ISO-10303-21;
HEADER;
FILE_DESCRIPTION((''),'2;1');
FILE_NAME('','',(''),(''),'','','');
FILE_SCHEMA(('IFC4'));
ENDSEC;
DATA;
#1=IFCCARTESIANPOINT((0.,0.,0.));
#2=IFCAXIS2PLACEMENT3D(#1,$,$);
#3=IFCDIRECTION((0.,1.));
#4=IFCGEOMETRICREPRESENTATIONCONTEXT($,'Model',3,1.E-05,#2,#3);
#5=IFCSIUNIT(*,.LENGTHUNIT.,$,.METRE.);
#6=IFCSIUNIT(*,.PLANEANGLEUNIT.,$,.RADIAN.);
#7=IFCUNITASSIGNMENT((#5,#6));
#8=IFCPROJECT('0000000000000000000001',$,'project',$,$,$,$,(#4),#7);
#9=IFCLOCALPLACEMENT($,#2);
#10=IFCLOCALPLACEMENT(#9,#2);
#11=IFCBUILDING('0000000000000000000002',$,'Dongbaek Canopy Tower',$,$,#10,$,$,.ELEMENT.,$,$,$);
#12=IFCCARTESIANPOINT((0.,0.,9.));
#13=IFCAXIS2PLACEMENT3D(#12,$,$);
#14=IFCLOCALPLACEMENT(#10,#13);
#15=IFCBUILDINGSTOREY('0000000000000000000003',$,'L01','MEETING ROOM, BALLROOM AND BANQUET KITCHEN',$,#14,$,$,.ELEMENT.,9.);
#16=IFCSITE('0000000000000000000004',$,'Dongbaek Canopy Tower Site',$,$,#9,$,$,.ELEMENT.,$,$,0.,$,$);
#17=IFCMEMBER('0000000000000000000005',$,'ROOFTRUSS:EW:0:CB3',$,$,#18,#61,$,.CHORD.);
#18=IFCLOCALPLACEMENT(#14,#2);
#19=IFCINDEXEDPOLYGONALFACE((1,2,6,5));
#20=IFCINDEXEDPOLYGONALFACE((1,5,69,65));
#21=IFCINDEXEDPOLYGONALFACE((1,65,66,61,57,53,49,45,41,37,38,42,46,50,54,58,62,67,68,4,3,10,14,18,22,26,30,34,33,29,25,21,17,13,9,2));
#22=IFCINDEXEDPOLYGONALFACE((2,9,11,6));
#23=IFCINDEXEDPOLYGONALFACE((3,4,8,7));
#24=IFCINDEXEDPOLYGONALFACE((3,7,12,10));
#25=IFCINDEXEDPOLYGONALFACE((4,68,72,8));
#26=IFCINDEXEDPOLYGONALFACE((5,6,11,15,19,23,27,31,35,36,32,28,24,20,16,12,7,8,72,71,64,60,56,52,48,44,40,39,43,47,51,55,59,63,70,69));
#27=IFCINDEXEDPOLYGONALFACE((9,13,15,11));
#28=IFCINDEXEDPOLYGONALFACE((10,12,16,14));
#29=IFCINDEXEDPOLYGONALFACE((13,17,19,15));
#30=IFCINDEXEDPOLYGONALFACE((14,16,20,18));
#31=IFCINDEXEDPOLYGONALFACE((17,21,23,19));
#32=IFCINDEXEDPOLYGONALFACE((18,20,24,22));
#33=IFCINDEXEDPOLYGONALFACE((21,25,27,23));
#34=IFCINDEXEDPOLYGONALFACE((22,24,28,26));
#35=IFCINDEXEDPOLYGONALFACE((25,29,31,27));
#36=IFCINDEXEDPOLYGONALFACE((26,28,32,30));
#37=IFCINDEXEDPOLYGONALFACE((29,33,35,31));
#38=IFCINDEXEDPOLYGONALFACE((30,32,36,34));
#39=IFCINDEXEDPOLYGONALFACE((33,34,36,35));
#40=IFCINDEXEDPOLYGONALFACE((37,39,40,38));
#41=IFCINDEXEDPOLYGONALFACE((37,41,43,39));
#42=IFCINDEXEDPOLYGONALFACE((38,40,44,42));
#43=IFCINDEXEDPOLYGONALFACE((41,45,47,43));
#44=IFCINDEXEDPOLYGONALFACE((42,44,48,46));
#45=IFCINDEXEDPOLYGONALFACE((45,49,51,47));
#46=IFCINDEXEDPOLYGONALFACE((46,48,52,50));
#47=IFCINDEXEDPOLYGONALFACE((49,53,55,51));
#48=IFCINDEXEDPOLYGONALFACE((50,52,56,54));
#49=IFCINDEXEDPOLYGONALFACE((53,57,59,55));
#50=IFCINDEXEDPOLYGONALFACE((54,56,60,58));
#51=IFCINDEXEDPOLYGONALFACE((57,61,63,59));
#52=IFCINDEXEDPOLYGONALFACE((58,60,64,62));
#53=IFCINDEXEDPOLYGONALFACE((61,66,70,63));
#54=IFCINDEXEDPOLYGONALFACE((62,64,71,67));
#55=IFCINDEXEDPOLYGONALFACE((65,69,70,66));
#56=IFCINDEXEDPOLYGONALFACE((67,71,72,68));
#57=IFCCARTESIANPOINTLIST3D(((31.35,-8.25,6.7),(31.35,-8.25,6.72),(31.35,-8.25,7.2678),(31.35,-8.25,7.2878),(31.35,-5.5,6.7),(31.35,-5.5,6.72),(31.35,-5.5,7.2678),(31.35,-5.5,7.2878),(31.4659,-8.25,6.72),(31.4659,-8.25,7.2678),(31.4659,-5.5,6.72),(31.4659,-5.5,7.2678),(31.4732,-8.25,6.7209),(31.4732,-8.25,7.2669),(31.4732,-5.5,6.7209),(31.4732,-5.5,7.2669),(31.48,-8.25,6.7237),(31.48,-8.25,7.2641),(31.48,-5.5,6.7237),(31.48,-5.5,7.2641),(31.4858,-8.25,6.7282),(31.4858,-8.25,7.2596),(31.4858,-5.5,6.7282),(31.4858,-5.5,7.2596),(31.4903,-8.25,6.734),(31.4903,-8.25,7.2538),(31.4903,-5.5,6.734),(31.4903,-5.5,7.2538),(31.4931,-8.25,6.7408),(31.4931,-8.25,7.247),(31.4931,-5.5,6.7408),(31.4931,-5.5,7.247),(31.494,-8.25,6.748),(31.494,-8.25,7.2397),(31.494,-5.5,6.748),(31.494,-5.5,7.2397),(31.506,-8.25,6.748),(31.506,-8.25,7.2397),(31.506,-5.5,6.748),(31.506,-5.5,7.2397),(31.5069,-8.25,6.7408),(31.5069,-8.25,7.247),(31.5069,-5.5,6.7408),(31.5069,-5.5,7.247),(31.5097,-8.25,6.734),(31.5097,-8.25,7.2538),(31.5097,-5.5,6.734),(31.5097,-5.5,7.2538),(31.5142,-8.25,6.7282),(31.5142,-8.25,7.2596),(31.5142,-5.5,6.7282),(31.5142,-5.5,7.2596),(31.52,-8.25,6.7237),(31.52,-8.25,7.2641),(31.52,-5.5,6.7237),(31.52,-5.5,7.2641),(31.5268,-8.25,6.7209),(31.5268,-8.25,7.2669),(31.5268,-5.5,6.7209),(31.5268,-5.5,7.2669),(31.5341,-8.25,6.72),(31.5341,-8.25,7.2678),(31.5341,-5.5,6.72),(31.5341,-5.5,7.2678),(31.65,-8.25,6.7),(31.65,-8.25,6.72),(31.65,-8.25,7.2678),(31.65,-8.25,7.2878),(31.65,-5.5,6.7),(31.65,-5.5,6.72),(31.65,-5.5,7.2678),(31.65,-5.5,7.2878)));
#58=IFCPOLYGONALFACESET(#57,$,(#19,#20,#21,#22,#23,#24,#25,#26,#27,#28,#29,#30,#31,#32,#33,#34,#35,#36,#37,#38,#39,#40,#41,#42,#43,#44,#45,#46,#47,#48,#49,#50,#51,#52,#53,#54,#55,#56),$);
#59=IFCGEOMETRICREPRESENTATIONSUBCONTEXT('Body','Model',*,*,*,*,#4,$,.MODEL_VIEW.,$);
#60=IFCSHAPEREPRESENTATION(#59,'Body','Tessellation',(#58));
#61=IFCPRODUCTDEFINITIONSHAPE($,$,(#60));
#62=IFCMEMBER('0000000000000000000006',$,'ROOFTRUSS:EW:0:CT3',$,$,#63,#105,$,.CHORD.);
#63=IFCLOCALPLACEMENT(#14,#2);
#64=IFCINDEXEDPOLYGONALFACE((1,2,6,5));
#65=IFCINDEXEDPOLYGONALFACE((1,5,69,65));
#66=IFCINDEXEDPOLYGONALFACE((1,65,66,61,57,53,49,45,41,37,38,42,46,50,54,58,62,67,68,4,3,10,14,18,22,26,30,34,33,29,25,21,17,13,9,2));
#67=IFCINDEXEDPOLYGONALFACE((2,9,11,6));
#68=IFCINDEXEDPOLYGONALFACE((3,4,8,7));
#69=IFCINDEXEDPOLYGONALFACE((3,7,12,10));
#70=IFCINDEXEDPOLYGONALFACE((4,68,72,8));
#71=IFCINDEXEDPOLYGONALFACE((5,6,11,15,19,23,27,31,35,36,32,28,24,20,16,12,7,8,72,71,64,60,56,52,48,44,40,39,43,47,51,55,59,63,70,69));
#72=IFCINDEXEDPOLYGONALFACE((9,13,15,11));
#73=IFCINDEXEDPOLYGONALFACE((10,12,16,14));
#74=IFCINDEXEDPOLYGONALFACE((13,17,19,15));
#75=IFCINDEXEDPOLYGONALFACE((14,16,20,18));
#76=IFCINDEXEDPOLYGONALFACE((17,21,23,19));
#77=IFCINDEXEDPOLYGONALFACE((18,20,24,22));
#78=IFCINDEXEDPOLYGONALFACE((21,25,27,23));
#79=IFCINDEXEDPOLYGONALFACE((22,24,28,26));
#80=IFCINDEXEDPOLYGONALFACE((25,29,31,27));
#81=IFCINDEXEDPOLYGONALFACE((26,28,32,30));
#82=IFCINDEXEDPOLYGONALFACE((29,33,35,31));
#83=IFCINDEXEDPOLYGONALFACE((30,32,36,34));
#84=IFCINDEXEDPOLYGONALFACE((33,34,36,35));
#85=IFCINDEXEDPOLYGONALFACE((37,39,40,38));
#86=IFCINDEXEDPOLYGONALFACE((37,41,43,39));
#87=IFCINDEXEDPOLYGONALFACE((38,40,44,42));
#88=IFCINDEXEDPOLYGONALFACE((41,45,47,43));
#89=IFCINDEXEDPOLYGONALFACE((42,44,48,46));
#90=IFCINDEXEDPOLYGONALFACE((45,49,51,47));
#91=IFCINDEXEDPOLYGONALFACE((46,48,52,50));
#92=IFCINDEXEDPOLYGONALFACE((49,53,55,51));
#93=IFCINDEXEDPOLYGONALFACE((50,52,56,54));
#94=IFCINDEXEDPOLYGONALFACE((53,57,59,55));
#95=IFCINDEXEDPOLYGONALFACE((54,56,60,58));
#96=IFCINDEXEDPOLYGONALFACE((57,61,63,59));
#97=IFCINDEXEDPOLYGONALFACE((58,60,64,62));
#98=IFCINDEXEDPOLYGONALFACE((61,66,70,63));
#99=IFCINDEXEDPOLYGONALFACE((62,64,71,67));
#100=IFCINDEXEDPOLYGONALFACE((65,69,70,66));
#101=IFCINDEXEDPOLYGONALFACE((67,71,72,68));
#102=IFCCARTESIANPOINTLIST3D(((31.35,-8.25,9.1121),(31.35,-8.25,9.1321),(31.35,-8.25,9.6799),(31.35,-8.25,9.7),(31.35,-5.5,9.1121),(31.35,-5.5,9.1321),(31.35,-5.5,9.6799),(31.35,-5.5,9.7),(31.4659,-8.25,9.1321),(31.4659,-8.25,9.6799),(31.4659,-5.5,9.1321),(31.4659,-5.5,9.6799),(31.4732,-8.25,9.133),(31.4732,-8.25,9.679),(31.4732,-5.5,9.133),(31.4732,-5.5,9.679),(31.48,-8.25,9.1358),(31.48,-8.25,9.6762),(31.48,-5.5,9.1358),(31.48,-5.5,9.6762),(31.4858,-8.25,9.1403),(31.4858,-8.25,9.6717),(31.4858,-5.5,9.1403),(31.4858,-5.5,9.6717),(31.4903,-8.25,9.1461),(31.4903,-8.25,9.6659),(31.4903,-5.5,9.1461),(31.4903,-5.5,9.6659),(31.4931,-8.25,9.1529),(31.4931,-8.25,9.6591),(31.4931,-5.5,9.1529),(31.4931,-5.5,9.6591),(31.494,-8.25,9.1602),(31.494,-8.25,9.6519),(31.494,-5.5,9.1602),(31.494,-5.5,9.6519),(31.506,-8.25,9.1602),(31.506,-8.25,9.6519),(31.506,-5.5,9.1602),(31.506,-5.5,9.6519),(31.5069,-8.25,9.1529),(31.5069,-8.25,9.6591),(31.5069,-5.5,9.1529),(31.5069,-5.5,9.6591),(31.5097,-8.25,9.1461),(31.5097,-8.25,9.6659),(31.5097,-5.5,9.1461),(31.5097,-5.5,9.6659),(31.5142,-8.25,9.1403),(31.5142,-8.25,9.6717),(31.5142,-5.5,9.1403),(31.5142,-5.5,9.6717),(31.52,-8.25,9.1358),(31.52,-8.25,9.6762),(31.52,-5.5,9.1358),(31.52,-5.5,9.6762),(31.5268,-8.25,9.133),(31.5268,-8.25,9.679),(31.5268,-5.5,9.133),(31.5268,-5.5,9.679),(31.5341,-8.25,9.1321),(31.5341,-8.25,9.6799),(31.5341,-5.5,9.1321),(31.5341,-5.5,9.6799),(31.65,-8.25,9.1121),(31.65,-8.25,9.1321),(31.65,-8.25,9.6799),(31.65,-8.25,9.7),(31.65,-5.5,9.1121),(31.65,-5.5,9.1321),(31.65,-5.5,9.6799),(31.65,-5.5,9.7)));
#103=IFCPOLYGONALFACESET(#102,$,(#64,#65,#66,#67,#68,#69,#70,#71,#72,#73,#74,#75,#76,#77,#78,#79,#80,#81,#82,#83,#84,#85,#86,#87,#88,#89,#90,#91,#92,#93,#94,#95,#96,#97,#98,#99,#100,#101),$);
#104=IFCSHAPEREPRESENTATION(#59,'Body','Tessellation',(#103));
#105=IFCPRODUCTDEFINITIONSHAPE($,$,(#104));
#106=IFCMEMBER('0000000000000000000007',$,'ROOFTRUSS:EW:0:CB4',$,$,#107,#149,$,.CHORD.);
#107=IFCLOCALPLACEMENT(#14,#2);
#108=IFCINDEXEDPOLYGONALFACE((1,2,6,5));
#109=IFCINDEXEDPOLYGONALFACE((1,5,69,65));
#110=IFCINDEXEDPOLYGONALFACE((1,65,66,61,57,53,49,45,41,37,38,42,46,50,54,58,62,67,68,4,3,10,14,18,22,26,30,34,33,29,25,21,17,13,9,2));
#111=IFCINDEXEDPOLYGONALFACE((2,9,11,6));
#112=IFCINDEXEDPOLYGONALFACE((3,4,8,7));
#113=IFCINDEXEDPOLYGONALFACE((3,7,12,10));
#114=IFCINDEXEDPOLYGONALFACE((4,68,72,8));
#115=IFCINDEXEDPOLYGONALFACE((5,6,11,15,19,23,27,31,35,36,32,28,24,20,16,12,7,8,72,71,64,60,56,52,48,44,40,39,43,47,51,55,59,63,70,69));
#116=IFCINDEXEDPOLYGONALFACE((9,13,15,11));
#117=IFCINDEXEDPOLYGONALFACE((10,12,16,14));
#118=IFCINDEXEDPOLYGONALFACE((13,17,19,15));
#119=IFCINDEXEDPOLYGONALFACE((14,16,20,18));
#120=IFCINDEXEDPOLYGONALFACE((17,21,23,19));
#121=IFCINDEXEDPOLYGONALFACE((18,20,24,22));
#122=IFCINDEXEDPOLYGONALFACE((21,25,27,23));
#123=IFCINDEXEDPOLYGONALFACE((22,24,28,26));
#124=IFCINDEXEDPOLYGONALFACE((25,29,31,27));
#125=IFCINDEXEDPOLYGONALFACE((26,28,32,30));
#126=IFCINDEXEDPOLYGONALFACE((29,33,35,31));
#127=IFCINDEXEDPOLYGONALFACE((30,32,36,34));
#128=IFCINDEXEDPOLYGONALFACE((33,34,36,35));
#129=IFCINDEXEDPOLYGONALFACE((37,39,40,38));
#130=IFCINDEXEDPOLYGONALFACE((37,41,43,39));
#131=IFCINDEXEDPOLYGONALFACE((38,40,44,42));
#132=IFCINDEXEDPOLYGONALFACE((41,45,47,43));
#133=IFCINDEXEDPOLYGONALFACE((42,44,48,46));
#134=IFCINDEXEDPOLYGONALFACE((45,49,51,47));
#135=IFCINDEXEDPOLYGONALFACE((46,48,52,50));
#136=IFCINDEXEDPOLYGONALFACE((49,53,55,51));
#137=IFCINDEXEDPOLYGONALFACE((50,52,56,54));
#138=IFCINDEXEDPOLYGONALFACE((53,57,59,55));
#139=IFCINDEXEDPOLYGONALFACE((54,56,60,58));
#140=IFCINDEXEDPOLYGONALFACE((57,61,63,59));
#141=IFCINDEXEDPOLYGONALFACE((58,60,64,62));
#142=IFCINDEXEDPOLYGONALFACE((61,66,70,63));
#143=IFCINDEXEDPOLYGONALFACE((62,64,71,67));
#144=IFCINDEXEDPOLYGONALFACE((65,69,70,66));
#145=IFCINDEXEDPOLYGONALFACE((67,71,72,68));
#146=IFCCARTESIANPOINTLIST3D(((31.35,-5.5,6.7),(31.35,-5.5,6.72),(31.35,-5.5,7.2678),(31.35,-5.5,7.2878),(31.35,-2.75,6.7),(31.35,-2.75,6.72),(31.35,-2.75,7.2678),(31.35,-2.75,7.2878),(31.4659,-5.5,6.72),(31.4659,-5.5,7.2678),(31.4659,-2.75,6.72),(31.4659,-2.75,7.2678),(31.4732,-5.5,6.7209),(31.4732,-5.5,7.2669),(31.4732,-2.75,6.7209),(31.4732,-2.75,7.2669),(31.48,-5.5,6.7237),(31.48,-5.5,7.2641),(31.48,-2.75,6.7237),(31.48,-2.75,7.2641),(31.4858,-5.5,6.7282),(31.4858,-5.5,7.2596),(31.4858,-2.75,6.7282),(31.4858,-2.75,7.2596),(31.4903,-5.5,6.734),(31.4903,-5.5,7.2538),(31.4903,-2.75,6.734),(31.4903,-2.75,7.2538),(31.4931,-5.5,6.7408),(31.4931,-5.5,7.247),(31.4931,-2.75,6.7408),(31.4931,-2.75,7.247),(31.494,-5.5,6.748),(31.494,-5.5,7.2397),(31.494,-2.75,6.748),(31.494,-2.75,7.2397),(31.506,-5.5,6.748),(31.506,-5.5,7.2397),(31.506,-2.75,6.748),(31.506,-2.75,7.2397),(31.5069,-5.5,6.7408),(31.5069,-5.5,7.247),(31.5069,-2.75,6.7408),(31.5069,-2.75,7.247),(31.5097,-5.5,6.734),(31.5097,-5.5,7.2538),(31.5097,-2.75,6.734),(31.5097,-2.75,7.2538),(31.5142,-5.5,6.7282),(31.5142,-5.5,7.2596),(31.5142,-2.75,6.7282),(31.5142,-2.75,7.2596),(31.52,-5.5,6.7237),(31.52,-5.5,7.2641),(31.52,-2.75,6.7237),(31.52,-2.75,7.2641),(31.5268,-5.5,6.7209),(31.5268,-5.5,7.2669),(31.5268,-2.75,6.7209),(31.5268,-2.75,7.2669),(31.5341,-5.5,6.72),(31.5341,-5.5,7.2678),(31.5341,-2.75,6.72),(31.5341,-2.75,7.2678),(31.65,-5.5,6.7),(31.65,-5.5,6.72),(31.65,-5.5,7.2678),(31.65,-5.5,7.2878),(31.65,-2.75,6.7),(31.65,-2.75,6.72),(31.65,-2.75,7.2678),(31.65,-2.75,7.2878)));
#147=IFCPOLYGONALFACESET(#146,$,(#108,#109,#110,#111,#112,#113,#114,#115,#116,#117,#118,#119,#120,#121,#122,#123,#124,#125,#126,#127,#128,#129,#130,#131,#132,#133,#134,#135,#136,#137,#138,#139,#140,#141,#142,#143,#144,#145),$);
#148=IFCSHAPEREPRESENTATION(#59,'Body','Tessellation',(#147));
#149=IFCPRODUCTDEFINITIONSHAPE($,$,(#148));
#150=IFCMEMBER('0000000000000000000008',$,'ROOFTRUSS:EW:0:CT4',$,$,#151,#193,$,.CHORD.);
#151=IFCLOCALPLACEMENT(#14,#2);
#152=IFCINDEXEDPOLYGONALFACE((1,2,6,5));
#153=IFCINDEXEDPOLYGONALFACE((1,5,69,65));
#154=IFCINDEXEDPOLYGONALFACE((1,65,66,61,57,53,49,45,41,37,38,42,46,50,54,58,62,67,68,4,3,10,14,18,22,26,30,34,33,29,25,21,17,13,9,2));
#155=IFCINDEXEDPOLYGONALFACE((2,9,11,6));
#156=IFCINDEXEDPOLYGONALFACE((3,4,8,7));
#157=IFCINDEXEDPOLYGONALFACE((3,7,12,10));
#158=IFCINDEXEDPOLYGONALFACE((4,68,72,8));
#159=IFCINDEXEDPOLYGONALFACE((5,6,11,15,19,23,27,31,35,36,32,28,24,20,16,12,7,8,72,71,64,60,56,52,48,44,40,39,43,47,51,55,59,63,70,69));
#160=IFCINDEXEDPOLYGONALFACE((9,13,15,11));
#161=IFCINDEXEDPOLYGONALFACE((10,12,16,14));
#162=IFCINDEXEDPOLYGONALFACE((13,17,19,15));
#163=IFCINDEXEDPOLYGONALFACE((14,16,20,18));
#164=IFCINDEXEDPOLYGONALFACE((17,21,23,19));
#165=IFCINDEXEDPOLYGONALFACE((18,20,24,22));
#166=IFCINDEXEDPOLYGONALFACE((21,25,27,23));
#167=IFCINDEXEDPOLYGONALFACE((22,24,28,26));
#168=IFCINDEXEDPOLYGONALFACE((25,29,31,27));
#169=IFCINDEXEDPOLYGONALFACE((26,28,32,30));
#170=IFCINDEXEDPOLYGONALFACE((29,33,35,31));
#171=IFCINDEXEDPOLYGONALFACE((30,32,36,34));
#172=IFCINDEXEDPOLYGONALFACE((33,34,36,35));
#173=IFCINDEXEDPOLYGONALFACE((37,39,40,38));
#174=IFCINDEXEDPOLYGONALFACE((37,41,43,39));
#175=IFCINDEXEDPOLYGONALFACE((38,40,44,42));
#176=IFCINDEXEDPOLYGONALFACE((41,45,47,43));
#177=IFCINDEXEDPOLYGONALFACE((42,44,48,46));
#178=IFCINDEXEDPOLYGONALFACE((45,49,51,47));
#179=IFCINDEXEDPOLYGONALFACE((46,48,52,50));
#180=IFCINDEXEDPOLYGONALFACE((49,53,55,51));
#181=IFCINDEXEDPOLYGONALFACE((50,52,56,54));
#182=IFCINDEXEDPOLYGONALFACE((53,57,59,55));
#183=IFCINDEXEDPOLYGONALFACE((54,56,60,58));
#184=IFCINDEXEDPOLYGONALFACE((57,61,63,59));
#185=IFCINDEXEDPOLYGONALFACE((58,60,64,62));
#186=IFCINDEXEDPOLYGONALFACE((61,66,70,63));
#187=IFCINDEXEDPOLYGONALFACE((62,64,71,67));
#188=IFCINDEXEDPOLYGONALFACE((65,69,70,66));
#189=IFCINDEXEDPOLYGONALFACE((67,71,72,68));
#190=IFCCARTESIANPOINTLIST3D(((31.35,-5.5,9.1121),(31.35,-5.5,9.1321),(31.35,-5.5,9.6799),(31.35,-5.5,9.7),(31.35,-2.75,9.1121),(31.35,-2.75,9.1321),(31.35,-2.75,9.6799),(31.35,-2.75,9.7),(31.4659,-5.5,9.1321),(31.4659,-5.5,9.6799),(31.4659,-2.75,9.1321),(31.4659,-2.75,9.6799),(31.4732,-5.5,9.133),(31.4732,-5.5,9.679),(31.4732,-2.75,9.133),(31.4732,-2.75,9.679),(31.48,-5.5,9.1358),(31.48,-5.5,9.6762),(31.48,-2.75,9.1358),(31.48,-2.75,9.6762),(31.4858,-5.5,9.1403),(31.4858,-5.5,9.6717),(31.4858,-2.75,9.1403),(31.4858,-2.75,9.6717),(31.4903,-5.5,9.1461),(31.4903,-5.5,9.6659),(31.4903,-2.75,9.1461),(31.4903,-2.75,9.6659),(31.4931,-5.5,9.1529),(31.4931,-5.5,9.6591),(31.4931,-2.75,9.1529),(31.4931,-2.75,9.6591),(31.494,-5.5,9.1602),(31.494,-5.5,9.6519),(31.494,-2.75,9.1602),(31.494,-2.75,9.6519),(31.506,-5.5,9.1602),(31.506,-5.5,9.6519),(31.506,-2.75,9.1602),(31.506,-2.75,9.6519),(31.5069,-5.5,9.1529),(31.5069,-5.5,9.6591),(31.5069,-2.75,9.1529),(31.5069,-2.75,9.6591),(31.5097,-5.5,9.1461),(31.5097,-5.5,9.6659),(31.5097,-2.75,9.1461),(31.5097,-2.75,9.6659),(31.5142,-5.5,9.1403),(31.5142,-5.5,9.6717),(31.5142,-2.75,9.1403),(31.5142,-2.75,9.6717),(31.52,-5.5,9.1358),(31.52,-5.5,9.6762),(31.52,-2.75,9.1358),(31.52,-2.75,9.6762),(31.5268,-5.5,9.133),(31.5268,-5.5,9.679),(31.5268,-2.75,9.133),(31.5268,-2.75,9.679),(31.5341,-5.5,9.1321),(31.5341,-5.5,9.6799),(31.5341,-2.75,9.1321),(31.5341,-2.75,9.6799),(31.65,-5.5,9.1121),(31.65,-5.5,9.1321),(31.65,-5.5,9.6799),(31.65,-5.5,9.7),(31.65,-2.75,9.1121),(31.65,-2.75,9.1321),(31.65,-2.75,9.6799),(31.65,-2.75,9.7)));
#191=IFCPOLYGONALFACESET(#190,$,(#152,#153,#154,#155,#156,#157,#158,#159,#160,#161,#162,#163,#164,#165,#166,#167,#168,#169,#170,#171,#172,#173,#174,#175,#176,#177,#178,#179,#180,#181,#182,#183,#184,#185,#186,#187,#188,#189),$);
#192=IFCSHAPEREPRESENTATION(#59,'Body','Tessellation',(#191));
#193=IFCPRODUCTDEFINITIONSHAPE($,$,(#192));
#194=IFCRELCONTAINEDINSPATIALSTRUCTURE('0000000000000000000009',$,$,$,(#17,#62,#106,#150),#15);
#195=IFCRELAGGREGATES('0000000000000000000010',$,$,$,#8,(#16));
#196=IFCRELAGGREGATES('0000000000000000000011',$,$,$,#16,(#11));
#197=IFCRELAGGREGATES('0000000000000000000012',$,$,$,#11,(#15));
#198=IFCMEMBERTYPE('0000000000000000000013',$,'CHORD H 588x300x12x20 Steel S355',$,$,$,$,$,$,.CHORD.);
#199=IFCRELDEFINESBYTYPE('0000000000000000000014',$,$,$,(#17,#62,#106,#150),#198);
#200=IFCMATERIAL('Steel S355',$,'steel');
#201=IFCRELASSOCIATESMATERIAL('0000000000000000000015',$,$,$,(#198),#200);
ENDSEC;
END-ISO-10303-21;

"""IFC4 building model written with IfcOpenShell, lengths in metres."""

from ifc_helpers import new_model, si_unit, direction, frame, origin, origin_2d, place, context, subcontext, project, spatial, i_section, extrude, material, material_profile, profile_set, type_object, element, save


model = new_model("IFC4")

# Units and contexts
model_context = context("Model", 3, precision=1e-05, world=origin(), true_north=direction((0.0, 1.0)))
body_context = subcontext(model_context, "Body", "Model", "MODEL_VIEW")
ifc_project = project(units=[si_unit("LENGTHUNIT", "METRE"), si_unit("PLANEANGLEUNIT", "RADIAN")], contexts=[model_context])

# Site, building, storey
site_placement = place(None, origin())
site = spatial("IfcSite", under=ifc_project, at=site_placement, Name="Dongbaek Canopy Tower Site", CompositionType="ELEMENT", RefElevation=0.0)
building_placement = place(site_placement, origin())
building = spatial("IfcBuilding", under=site, at=building_placement, Name="Dongbaek Canopy Tower", CompositionType="ELEMENT")
storey_placement = place(building_placement, frame((0.0, 0.0, 9.0)))
storey = spatial("IfcBuildingStorey", under=building, at=storey_placement, Name="L01", Description="MEETING ROOM, BALLROOM AND BANQUET KITCHEN", CompositionType="ELEMENT", Elevation=9.0)

# Members
ifc_material_1 = material(Name="Steel S355", Category="steel")
ifc_material_profile_1 = material_profile(ifc_material_1, i_section(OverallWidth=0.3, OverallDepth=0.5879, WebThickness=0.012, FlangeThickness=0.02, FilletRadius=0.0281, at=origin_2d()), Name="CHORD H 588x300x12x20 Steel S355")
ifc_profile_set_1 = profile_set([ifc_material_profile_1], Name="Steel S355")
member_type_1 = type_object("IfcMemberType", Name="CHORD H 588x300x12x20 Steel S355", PredefinedType="CHORD", material=ifc_profile_set_1)
for number, where, z_axis, x_axis, name in (
    (1, (31.5, -8.25, 6.9939), (0.0, 1.0, 0.0), (-1.0, 0.0, 0.0), "ROOFTRUSS:EW:0:CB3"),
    (2, (31.5, -8.25, 9.406), (0.0, 1.0, 0.0), (-1.0, 0.0, 0.0), "ROOFTRUSS:EW:0:CT3"),
    (3, (31.5, -5.5, 6.9939), (0.0, 1.0, 0.0), (-1.0, 0.0, 0.0), "ROOFTRUSS:EW:0:CB4"),
    (4, (31.5, -5.5, 9.406), (0.0, 1.0, 0.0), (-1.0, 0.0, 0.0), "ROOFTRUSS:EW:0:CT4"),
):
    element("IfcMember", number, at=place(storey_placement, frame(where, z_axis=z_axis, x_axis=x_axis)), inside=storey, type_object=member_type_1, Name=name, PredefinedType="CHORD", context=body_context, shape_type="SweptSolid", body=[
        extrude(i_section(OverallWidth=0.3, OverallDepth=0.5879, WebThickness=0.012, FlangeThickness=0.02, FilletRadius=0.0281, at=origin_2d()), origin(), (0.0, 0.0, 1.0), 2.75),
    ])

save(model, "model.ifc")
